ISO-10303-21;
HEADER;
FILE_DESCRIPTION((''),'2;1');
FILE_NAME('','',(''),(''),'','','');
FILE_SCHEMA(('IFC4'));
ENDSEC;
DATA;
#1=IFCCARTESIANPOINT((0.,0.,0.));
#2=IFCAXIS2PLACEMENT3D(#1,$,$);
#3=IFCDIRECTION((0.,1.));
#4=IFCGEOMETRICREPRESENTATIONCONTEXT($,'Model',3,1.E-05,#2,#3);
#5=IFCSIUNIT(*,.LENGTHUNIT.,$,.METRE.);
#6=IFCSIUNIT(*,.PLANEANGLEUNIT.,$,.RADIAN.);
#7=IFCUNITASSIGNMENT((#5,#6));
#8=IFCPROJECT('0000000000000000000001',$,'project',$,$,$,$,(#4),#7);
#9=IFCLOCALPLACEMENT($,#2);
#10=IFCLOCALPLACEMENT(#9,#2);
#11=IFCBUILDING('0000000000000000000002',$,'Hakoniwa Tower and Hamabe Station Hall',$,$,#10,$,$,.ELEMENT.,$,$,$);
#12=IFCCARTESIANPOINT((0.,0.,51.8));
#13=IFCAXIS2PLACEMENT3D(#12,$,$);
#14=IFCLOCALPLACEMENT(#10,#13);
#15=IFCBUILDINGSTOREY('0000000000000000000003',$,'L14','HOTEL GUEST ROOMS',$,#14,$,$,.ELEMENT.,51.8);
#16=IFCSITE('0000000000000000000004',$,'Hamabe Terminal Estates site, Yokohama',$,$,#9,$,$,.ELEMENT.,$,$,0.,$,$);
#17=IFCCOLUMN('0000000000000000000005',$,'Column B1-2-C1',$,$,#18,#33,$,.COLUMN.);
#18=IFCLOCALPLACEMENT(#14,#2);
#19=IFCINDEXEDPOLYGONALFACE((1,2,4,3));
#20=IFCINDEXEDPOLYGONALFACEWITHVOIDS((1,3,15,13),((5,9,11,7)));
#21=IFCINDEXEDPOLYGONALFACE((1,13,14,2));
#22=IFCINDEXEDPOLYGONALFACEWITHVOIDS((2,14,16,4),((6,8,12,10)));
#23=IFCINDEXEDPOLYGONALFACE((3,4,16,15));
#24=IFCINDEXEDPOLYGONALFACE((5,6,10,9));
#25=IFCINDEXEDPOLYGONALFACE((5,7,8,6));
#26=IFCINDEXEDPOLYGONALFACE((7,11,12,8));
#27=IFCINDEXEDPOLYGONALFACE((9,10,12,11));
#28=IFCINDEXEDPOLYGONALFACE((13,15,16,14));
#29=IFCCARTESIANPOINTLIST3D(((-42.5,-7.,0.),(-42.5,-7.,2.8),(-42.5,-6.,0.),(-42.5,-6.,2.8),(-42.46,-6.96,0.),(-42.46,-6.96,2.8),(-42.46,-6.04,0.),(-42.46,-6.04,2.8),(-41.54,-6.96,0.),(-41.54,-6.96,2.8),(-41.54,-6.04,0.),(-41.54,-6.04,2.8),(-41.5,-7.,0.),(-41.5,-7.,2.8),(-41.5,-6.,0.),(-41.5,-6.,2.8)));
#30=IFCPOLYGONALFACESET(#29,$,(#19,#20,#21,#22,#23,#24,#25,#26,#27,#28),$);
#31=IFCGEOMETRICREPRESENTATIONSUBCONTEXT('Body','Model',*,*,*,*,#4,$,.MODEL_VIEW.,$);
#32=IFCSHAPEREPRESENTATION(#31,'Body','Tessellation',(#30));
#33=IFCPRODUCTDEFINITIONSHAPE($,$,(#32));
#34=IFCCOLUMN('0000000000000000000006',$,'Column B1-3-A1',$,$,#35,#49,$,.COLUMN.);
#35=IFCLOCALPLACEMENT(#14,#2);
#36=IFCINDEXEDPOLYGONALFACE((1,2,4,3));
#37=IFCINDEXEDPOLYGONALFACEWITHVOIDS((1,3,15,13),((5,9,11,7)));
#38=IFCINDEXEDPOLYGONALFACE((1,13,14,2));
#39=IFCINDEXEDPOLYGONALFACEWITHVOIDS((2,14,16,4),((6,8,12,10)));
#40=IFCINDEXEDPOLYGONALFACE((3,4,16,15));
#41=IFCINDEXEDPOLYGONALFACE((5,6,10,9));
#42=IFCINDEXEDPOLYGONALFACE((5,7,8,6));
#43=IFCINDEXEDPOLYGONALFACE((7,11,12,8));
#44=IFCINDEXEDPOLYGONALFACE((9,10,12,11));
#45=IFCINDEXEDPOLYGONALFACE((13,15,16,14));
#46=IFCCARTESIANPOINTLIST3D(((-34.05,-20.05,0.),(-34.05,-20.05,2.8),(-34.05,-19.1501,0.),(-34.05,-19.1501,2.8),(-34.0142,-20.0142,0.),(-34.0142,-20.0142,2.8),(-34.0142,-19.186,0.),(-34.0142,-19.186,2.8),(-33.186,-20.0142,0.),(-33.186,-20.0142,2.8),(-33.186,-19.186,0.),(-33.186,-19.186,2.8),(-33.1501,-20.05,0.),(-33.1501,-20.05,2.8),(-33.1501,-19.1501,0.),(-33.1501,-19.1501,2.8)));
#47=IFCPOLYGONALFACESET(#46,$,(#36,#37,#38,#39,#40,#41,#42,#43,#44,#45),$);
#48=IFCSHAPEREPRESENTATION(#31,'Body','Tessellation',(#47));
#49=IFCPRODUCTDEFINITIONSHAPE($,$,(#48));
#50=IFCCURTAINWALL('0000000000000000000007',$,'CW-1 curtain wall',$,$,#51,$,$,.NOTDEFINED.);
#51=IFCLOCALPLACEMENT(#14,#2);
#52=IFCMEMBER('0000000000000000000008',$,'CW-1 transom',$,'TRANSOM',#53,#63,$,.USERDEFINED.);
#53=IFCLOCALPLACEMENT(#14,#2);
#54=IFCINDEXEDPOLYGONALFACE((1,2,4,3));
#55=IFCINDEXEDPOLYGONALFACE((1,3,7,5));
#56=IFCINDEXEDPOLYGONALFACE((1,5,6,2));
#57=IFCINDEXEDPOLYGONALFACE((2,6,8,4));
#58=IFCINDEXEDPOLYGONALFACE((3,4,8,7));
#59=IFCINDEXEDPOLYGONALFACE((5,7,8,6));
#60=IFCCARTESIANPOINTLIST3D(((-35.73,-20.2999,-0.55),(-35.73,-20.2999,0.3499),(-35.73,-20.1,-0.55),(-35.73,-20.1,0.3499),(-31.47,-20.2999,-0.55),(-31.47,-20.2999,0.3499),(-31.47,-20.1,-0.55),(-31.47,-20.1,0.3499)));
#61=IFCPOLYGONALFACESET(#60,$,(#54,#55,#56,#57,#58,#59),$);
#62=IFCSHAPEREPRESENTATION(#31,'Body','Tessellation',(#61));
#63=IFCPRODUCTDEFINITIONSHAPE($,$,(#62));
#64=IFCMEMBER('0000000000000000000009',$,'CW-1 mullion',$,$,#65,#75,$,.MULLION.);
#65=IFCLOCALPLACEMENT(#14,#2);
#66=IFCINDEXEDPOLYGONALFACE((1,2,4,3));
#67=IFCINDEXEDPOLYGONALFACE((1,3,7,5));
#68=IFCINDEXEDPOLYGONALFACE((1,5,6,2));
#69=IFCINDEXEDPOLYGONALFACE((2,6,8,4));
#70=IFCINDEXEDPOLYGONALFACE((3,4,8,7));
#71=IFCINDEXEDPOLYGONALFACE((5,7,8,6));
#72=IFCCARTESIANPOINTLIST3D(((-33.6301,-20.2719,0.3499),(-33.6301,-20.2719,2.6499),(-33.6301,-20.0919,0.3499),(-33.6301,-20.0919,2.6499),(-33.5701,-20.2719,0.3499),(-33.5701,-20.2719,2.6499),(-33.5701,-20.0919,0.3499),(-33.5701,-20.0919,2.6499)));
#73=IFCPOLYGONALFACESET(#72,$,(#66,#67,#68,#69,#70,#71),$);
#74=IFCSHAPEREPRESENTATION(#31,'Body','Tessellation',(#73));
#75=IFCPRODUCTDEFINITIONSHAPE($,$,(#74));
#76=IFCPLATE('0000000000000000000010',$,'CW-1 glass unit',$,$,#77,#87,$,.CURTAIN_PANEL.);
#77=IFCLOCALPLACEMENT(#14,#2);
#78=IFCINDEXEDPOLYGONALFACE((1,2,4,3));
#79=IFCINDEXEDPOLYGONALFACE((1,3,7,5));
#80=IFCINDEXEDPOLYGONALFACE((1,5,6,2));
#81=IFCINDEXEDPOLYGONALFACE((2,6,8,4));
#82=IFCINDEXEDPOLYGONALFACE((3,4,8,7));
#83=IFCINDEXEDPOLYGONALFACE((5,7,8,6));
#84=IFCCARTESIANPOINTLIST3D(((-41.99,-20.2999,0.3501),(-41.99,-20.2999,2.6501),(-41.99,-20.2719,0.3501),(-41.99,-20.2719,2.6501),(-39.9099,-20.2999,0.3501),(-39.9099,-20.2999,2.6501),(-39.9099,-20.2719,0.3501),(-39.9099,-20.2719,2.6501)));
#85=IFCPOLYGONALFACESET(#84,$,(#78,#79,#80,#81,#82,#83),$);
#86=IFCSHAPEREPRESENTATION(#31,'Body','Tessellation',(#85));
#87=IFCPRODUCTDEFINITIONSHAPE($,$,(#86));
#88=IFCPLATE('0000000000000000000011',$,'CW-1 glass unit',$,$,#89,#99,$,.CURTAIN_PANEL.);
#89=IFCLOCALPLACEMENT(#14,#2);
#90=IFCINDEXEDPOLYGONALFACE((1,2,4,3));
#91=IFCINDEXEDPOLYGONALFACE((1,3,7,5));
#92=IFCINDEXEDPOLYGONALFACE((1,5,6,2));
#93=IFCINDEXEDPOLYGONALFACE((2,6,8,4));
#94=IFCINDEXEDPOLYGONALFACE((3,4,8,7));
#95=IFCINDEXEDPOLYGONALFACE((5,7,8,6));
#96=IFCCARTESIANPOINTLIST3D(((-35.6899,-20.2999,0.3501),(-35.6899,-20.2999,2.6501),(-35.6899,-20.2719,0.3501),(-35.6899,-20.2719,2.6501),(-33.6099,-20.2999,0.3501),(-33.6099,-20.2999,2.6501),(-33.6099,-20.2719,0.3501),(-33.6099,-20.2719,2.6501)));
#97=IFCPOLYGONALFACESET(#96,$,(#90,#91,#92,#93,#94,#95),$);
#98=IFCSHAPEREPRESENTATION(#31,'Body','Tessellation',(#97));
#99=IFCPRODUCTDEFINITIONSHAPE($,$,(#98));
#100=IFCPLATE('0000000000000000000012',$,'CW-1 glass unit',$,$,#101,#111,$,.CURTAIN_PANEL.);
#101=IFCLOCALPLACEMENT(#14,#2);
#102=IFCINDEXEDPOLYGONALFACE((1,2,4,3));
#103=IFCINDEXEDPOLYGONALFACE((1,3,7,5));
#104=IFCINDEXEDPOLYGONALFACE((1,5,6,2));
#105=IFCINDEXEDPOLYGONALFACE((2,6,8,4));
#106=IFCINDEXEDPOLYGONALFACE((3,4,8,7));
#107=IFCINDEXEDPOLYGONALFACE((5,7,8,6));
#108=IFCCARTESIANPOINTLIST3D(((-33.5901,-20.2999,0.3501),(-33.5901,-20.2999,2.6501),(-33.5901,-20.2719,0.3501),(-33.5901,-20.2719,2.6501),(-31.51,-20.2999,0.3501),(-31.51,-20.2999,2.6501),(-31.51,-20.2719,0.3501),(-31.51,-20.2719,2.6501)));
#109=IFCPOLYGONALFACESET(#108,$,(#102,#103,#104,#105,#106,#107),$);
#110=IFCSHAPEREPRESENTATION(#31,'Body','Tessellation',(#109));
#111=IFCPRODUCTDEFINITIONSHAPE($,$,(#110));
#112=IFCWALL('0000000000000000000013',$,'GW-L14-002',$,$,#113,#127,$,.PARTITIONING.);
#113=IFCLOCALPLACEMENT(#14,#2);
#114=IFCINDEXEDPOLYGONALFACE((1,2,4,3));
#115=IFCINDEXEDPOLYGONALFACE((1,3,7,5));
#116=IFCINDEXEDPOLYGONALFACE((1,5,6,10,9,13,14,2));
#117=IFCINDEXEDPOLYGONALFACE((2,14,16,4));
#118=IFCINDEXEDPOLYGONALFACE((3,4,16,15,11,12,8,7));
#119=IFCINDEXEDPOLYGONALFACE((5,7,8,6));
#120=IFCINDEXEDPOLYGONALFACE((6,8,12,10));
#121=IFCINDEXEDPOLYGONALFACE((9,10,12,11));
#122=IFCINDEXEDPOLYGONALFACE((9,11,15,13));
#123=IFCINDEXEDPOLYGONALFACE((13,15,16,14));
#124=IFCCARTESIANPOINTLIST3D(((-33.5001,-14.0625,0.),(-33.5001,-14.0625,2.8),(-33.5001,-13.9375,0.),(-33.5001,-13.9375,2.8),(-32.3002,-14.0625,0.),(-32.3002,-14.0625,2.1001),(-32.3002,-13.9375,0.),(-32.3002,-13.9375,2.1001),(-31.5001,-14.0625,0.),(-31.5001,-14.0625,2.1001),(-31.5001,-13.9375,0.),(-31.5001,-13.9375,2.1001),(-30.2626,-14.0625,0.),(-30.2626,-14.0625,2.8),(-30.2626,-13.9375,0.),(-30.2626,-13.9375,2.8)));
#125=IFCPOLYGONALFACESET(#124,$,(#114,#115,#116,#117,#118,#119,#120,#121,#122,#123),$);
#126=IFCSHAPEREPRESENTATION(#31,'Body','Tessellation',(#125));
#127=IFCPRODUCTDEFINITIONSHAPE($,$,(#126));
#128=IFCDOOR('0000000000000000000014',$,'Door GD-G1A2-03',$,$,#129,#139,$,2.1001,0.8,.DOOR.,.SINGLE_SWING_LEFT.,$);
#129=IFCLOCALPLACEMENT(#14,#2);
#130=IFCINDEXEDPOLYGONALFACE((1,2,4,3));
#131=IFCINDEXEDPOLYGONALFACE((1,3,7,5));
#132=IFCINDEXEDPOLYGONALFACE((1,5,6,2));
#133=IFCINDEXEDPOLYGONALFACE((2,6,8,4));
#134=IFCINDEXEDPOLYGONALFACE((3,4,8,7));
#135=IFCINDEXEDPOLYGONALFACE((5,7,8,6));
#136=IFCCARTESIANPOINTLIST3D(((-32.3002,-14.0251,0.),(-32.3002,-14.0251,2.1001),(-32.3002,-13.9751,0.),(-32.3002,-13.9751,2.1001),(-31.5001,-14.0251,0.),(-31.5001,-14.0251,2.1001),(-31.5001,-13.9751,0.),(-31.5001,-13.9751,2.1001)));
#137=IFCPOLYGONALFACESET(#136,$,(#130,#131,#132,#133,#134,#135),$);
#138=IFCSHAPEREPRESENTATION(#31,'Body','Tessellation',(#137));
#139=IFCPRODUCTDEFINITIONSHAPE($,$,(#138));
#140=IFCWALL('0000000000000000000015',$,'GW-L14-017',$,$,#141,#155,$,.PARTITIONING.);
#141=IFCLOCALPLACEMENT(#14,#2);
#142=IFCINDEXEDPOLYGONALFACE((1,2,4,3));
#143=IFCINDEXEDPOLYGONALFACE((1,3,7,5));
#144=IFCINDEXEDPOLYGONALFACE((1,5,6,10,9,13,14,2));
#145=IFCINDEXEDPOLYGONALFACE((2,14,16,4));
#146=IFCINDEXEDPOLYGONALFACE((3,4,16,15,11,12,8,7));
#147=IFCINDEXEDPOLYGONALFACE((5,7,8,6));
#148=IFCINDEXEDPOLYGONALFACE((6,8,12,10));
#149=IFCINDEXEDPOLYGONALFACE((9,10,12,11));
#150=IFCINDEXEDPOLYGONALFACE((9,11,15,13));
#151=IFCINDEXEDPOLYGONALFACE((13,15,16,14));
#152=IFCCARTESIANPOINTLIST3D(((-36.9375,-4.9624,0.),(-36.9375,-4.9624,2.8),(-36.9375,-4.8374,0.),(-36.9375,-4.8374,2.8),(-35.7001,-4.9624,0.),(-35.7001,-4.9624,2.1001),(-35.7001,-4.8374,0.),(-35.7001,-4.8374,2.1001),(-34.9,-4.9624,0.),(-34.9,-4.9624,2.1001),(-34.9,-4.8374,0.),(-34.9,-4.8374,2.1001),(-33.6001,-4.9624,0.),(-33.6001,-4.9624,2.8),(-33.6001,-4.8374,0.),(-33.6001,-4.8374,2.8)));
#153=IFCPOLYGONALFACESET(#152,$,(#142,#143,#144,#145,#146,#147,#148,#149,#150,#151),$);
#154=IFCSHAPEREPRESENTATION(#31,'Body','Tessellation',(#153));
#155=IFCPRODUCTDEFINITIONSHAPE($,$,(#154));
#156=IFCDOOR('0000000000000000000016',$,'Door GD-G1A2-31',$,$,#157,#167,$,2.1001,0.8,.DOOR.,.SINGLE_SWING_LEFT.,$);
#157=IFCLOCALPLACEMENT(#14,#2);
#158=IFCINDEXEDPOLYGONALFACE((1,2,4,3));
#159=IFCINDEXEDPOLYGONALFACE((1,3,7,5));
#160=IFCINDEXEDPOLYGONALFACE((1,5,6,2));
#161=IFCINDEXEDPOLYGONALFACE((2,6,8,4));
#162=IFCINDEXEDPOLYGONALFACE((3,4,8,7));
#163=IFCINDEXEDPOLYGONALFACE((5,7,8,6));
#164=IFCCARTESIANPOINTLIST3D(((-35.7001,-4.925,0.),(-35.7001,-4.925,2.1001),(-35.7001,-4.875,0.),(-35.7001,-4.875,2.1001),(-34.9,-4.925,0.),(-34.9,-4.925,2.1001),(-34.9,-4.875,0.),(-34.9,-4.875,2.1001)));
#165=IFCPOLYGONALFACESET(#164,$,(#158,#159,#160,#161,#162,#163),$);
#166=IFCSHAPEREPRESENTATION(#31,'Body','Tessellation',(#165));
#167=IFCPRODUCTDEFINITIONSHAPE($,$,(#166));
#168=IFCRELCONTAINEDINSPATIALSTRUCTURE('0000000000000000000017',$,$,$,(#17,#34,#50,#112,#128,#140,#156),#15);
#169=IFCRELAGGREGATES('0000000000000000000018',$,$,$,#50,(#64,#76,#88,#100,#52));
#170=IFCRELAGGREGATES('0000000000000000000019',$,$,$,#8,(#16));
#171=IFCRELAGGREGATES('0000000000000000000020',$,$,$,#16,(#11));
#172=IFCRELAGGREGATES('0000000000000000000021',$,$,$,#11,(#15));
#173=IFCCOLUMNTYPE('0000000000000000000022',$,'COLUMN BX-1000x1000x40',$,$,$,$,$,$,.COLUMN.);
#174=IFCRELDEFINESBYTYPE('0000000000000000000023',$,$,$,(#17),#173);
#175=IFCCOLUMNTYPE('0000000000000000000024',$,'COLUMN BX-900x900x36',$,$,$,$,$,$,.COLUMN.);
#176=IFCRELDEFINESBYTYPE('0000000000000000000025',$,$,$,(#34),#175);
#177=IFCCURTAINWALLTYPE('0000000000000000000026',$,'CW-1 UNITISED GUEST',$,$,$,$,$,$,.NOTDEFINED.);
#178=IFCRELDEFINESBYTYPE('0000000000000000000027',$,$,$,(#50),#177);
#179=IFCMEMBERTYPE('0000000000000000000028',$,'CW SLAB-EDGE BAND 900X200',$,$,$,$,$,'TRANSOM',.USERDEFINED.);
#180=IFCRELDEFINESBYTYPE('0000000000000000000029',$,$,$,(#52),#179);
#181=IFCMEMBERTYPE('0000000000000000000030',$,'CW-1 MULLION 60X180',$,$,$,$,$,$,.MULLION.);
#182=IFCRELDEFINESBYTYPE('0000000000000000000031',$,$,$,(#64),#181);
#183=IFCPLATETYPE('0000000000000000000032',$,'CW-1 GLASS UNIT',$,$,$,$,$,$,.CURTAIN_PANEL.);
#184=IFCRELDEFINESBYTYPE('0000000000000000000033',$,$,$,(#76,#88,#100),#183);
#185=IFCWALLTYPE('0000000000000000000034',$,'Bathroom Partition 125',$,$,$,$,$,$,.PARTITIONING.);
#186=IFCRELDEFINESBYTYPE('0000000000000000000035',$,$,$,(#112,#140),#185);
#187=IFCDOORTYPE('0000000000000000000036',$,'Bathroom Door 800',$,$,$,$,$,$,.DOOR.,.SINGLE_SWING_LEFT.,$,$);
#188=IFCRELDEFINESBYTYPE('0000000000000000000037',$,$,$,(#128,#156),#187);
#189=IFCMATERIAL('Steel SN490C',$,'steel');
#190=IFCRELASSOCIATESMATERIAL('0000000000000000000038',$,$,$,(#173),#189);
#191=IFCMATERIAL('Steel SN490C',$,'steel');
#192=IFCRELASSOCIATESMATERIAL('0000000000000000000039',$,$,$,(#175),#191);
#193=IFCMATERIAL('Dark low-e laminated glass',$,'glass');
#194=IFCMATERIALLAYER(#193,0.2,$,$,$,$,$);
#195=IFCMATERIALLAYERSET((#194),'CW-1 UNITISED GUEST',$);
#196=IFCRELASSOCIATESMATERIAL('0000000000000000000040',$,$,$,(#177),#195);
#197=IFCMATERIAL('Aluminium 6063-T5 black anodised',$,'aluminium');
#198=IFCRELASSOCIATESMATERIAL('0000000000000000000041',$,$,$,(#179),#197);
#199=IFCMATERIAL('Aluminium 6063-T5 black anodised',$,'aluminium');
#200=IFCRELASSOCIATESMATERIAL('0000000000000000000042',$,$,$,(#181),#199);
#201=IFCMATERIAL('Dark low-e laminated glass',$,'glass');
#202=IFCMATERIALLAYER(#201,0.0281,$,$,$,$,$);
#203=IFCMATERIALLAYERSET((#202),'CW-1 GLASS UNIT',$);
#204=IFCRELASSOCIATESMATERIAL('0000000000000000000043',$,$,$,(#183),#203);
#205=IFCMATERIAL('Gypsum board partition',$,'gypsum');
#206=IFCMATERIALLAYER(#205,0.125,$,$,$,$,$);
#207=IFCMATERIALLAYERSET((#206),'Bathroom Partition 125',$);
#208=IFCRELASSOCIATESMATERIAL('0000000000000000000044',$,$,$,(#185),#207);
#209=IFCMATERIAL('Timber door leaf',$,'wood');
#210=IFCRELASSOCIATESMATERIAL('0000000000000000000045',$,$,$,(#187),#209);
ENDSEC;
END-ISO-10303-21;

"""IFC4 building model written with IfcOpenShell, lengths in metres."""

from ifc_helpers import new_model, si_unit, direction, frame, frame_2d, origin, origin_2d, place, context, subcontext, project, spatial, rectangle, hollow_rectangle, extrude, material, layer, layer_set, material_profile, profile_set, type_object, element, fill, aggregate, save


model = new_model("IFC4")

# Units and contexts
model_context = context("Model", 3, precision=1e-05, world=origin(), true_north=direction((0.0, 1.0)))
body_context = subcontext(model_context, "Body", "Model", "MODEL_VIEW")
ifc_project = project(units=[si_unit("LENGTHUNIT", "METRE"), si_unit("PLANEANGLEUNIT", "RADIAN")], contexts=[model_context])

# Site, building, storey
site_placement = place(None, origin())
site = spatial("IfcSite", under=ifc_project, at=site_placement, Name="Hamabe Terminal Estates site, Yokohama", CompositionType="ELEMENT", RefElevation=0.0)
building_placement = place(site_placement, origin())
building = spatial("IfcBuilding", under=site, at=building_placement, Name="Hakoniwa Tower and Hamabe Station Hall", CompositionType="ELEMENT")
storey_placement = place(building_placement, frame((0.0, 0.0, 51.8)))
storey = spatial("IfcBuildingStorey", under=building, at=storey_placement, Name="L14", Description="HOTEL GUEST ROOMS", CompositionType="ELEMENT", Elevation=51.8)

# Columns
ifc_material_1 = material(Name="Steel SN490C", Category="steel")
ifc_material_profile_1 = material_profile(ifc_material_1, hollow_rectangle(XDim=1.0, YDim=1.0, WallThickness=0.04, at=origin_2d()), Name="BX-1000x1000x40")
ifc_profile_set_1 = profile_set([ifc_material_profile_1], Name="Steel SN490C")
column_type_1 = type_object("IfcColumnType", Name="COLUMN BX-1000x1000x40", PredefinedType="COLUMN", material=ifc_profile_set_1)
column_1_placement = place(storey_placement, frame((-42.0, -6.5, 0.0), z_axis=(0.0, 0.0, 1.0), x_axis=(1.0, 0.0, 0.0)))
element("IfcColumn", 1, at=column_1_placement, inside=storey, type_object=column_type_1, Name="Column B1-2-C1", PredefinedType="COLUMN", context=body_context, shape_type="SweptSolid", body=[
    extrude(hollow_rectangle(XDim=1.0, YDim=1.0, WallThickness=0.04, at=origin_2d()), origin(), (0.0, 0.0, 1.0), 2.8),
])
ifc_material_2 = material(Name="Steel SN490C", Category="steel")
ifc_material_profile_2 = material_profile(ifc_material_2, hollow_rectangle(XDim=0.8999, YDim=0.8999, WallThickness=0.0359, at=origin_2d()), Name="BX-900x900x36")
ifc_profile_set_2 = profile_set([ifc_material_profile_2], Name="Steel SN490C")
column_type_2 = type_object("IfcColumnType", Name="COLUMN BX-900x900x36", PredefinedType="COLUMN", material=ifc_profile_set_2)
column_2_placement = place(storey_placement, frame((-33.6001, -19.6001, 0.0), z_axis=(0.0, 0.0, 1.0), x_axis=(1.0, 0.0, 0.0)))
element("IfcColumn", 2, at=column_2_placement, inside=storey, type_object=column_type_2, Name="Column B1-3-A1", PredefinedType="COLUMN", context=body_context, shape_type="SweptSolid", body=[
    extrude(hollow_rectangle(XDim=0.8999, YDim=0.8999, WallThickness=0.0359, at=origin_2d()), origin(), (0.0, 0.0, 1.0), 2.8),
])

# Curtain wall, members, plates
ifc_material_3 = material(Name="Dark low-e laminated glass", Category="glass")
ifc_layer_1 = layer(ifc_material_3, 0.2)
ifc_layer_set_1 = layer_set([ifc_layer_1], Name="CW-1 UNITISED GUEST")
curtain_wall_type = type_object("IfcCurtainWallType", Name="CW-1 UNITISED GUEST", PredefinedType="NOTDEFINED", material=ifc_layer_set_1)
curtain_wall_placement = place(storey_placement, origin())
curtain_wall = element("IfcCurtainWall", 3, at=curtain_wall_placement, inside=storey, type_object=curtain_wall_type, Name="CW-1 curtain wall", PredefinedType="NOTDEFINED")
ifc_material_4 = material(Name="Aluminium 6063-T5 black anodised", Category="aluminium")
ifc_material_profile_3 = material_profile(ifc_material_4, rectangle(XDim=0.2, YDim=0.8999, at=origin_2d()), Name="CW SLAB-EDGE BAND 900X200")
ifc_profile_set_3 = profile_set([ifc_material_profile_3], Name="Aluminium 6063-T5 black anodised")
member_type_1 = type_object("IfcMemberType", Name="CW SLAB-EDGE BAND 900X200", ElementType="TRANSOM", PredefinedType="USERDEFINED", material=ifc_profile_set_3)
member_1_placement = place(storey_placement, frame((-35.73, -20.2, -0.1001), z_axis=(1.0, 0.0, 0.0), x_axis=(0.0, 1.0, 0.0)))
member_1 = element("IfcMember", 4, at=member_1_placement, type_object=member_type_1, Name="CW-1 transom", ObjectType="TRANSOM", PredefinedType="USERDEFINED", context=body_context, shape_type="SweptSolid", body=[
    extrude(rectangle(XDim=0.2, YDim=0.8999, at=origin_2d()), origin(), (0.0, 0.0, 1.0), 4.26),
])
ifc_material_5 = material(Name="Aluminium 6063-T5 black anodised", Category="aluminium")
ifc_material_profile_4 = material_profile(ifc_material_5, rectangle(XDim=0.0601, YDim=0.1799, at=origin_2d()), Name="CW-1 MULLION 60X180")
ifc_profile_set_4 = profile_set([ifc_material_profile_4], Name="Aluminium 6063-T5 black anodised")
member_type_2 = type_object("IfcMemberType", Name="CW-1 MULLION 60X180", PredefinedType="MULLION", material=ifc_profile_set_4)
member_2_placement = place(storey_placement, frame((-33.6001, -20.1819, 0.3499), z_axis=(0.0, 0.0, 1.0), x_axis=(1.0, 0.0, 0.0)))
member_2 = element("IfcMember", 5, at=member_2_placement, type_object=member_type_2, Name="CW-1 mullion", PredefinedType="MULLION", context=body_context, shape_type="SweptSolid", body=[
    extrude(rectangle(XDim=0.0601, YDim=0.1799, at=origin_2d()), origin(), (0.0, 0.0, 1.0), 2.3),
])
ifc_material_6 = material(Name="Dark low-e laminated glass", Category="glass")
ifc_layer_2 = layer(ifc_material_6, 0.0281)
ifc_layer_set_2 = layer_set([ifc_layer_2], Name="CW-1 GLASS UNIT")
plate_type = type_object("IfcPlateType", Name="CW-1 GLASS UNIT", PredefinedType="CURTAIN_PANEL", material=ifc_layer_set_2)
plate_1_placement = place(storey_placement, frame((-40.95, -20.2859, 0.3501), z_axis=(0.0, 0.0, 1.0), x_axis=(1.0, 0.0, 0.0)))
plate_1 = element("IfcPlate", 6, at=plate_1_placement, type_object=plate_type, Name="CW-1 glass unit", PredefinedType="CURTAIN_PANEL", context=body_context, shape_type="SweptSolid", body=[
    extrude(rectangle(XDim=2.0801, YDim=0.0281, at=origin_2d()), origin(), (0.0, 0.0, 1.0), 2.3),
])
plate_2_placement = place(storey_placement, frame((-34.6499, -20.2859, 0.3501), z_axis=(0.0, 0.0, 1.0), x_axis=(1.0, 0.0, 0.0)))
plate_2 = element("IfcPlate", 7, at=plate_2_placement, type_object=plate_type, Name="CW-1 glass unit", PredefinedType="CURTAIN_PANEL", context=body_context, shape_type="SweptSolid", body=[
    extrude(rectangle(XDim=2.0801, YDim=0.0281, at=origin_2d()), origin(), (0.0, 0.0, 1.0), 2.3),
])
plate_3_placement = place(storey_placement, frame((-32.55, -20.2859, 0.3501), z_axis=(0.0, 0.0, 1.0), x_axis=(1.0, 0.0, 0.0)))
plate_3 = element("IfcPlate", 8, at=plate_3_placement, type_object=plate_type, Name="CW-1 glass unit", PredefinedType="CURTAIN_PANEL", context=body_context, shape_type="SweptSolid", body=[
    extrude(rectangle(XDim=2.0801, YDim=0.0281, at=origin_2d()), origin(), (0.0, 0.0, 1.0), 2.3),
])

# Walls, openings, doors
ifc_material_7 = material(Name="Gypsum board partition", Category="gypsum")
ifc_layer_3 = layer(ifc_material_7, 0.125)
ifc_layer_set_3 = layer_set([ifc_layer_3], Name="Bathroom Partition 125")
wall_type_1 = type_object("IfcWallType", Name="Bathroom Partition 125", PredefinedType="PARTITIONING", material=ifc_layer_set_3)
wall_1_placement = place(storey_placement, frame((-33.5, -14.0, 0.0), z_axis=(0.0, 0.0, 1.0), x_axis=(1.0, 0.0, 0.0)))
wall_1 = element("IfcWall", 9, at=wall_1_placement, inside=storey, type_object=wall_type_1, Name="GW-L14-002", PredefinedType="PARTITIONING", context=body_context, shape_type="SweptSolid", body=[
    extrude(rectangle(XDim=3.2375, YDim=0.125, at=frame_2d((1.6187, 0.0))), origin(), (0.0, 0.0, 1.0), 2.8),
])
opening_1_placement = place(wall_1_placement, frame((1.2, 0.0, 0.0)))
opening_1 = element("IfcOpeningElement", 10, at=opening_1_placement, cuts=wall_1, PredefinedType="OPENING", context=body_context, shape_type="SweptSolid", body=[
    extrude(rectangle(XDim=0.8, YDim=2.1001, at=frame_2d((0.3999, 1.05))), frame((0.0, 0.0725, 0.0), z_axis=(0.0, -1.0, 0.0), x_axis=(1.0, 0.0, 0.0)), (0.0, 0.0, 1.0), 0.145),
])
ifc_material_8 = material(Name="Timber door leaf", Category="wood")
door_type_1 = type_object("IfcDoorType", Name="Bathroom Door 800", OperationType="SINGLE_SWING_LEFT", PredefinedType="DOOR", material=ifc_material_8)
door_1_placement = place(opening_1_placement, origin())
door_1 = element("IfcDoor", 11, at=door_1_placement, inside=storey, type_object=door_type_1, Name="Door GD-G1A2-03", OperationType="SINGLE_SWING_LEFT", OverallHeight=2.1001, OverallWidth=0.8, PredefinedType="DOOR", context=body_context, shape_type="SweptSolid", body=[
    extrude(rectangle(XDim=0.8, YDim=2.1001, at=frame_2d((0.3999, 1.05))), frame((0.0, 0.0249, 0.0), z_axis=(0.0, -1.0, 0.0), x_axis=(1.0, 0.0, 0.0)), (0.0, 0.0, 1.0), 0.05),
])
fill(opening_1, door_1)
wall_2_placement = place(storey_placement, frame((-36.9375, -4.8999, 0.0), z_axis=(0.0, 0.0, 1.0), x_axis=(1.0, 0.0, 0.0)))
wall_2 = element("IfcWall", 12, at=wall_2_placement, inside=storey, type_object=wall_type_1, Name="GW-L14-017", PredefinedType="PARTITIONING", context=body_context, shape_type="SweptSolid", body=[
    extrude(rectangle(XDim=3.3374, YDim=0.125, at=frame_2d((1.6687, 0.0))), origin(), (0.0, 0.0, 1.0), 2.8),
])
opening_2_placement = place(wall_2_placement, frame((1.2375, 0.0, 0.0)))
opening_2 = element("IfcOpeningElement", 13, at=opening_2_placement, cuts=wall_2, PredefinedType="OPENING", context=body_context, shape_type="SweptSolid", body=[
    extrude(rectangle(XDim=0.8, YDim=2.1001, at=frame_2d((0.3999, 1.05))), frame((0.0, 0.0725, 0.0), z_axis=(0.0, -1.0, 0.0), x_axis=(1.0, 0.0, 0.0)), (0.0, 0.0, 1.0), 0.145),
])
door_2_placement = place(opening_2_placement, origin())
door_2 = element("IfcDoor", 14, at=door_2_placement, inside=storey, type_object=door_type_1, Name="Door GD-G1A2-31", OperationType="SINGLE_SWING_LEFT", OverallHeight=2.1001, OverallWidth=0.8, PredefinedType="DOOR", context=body_context, shape_type="SweptSolid", body=[
    extrude(rectangle(XDim=0.8, YDim=2.1001, at=frame_2d((0.3999, 1.05))), frame((0.0, 0.0249, 0.0), z_axis=(0.0, -1.0, 0.0), x_axis=(1.0, 0.0, 0.0)), (0.0, 0.0, 1.0), 0.05),
])
fill(opening_2, door_2)

aggregate(curtain_wall, [member_2, plate_1, plate_2, plate_3, member_1])

save(model, "model.ifc")
